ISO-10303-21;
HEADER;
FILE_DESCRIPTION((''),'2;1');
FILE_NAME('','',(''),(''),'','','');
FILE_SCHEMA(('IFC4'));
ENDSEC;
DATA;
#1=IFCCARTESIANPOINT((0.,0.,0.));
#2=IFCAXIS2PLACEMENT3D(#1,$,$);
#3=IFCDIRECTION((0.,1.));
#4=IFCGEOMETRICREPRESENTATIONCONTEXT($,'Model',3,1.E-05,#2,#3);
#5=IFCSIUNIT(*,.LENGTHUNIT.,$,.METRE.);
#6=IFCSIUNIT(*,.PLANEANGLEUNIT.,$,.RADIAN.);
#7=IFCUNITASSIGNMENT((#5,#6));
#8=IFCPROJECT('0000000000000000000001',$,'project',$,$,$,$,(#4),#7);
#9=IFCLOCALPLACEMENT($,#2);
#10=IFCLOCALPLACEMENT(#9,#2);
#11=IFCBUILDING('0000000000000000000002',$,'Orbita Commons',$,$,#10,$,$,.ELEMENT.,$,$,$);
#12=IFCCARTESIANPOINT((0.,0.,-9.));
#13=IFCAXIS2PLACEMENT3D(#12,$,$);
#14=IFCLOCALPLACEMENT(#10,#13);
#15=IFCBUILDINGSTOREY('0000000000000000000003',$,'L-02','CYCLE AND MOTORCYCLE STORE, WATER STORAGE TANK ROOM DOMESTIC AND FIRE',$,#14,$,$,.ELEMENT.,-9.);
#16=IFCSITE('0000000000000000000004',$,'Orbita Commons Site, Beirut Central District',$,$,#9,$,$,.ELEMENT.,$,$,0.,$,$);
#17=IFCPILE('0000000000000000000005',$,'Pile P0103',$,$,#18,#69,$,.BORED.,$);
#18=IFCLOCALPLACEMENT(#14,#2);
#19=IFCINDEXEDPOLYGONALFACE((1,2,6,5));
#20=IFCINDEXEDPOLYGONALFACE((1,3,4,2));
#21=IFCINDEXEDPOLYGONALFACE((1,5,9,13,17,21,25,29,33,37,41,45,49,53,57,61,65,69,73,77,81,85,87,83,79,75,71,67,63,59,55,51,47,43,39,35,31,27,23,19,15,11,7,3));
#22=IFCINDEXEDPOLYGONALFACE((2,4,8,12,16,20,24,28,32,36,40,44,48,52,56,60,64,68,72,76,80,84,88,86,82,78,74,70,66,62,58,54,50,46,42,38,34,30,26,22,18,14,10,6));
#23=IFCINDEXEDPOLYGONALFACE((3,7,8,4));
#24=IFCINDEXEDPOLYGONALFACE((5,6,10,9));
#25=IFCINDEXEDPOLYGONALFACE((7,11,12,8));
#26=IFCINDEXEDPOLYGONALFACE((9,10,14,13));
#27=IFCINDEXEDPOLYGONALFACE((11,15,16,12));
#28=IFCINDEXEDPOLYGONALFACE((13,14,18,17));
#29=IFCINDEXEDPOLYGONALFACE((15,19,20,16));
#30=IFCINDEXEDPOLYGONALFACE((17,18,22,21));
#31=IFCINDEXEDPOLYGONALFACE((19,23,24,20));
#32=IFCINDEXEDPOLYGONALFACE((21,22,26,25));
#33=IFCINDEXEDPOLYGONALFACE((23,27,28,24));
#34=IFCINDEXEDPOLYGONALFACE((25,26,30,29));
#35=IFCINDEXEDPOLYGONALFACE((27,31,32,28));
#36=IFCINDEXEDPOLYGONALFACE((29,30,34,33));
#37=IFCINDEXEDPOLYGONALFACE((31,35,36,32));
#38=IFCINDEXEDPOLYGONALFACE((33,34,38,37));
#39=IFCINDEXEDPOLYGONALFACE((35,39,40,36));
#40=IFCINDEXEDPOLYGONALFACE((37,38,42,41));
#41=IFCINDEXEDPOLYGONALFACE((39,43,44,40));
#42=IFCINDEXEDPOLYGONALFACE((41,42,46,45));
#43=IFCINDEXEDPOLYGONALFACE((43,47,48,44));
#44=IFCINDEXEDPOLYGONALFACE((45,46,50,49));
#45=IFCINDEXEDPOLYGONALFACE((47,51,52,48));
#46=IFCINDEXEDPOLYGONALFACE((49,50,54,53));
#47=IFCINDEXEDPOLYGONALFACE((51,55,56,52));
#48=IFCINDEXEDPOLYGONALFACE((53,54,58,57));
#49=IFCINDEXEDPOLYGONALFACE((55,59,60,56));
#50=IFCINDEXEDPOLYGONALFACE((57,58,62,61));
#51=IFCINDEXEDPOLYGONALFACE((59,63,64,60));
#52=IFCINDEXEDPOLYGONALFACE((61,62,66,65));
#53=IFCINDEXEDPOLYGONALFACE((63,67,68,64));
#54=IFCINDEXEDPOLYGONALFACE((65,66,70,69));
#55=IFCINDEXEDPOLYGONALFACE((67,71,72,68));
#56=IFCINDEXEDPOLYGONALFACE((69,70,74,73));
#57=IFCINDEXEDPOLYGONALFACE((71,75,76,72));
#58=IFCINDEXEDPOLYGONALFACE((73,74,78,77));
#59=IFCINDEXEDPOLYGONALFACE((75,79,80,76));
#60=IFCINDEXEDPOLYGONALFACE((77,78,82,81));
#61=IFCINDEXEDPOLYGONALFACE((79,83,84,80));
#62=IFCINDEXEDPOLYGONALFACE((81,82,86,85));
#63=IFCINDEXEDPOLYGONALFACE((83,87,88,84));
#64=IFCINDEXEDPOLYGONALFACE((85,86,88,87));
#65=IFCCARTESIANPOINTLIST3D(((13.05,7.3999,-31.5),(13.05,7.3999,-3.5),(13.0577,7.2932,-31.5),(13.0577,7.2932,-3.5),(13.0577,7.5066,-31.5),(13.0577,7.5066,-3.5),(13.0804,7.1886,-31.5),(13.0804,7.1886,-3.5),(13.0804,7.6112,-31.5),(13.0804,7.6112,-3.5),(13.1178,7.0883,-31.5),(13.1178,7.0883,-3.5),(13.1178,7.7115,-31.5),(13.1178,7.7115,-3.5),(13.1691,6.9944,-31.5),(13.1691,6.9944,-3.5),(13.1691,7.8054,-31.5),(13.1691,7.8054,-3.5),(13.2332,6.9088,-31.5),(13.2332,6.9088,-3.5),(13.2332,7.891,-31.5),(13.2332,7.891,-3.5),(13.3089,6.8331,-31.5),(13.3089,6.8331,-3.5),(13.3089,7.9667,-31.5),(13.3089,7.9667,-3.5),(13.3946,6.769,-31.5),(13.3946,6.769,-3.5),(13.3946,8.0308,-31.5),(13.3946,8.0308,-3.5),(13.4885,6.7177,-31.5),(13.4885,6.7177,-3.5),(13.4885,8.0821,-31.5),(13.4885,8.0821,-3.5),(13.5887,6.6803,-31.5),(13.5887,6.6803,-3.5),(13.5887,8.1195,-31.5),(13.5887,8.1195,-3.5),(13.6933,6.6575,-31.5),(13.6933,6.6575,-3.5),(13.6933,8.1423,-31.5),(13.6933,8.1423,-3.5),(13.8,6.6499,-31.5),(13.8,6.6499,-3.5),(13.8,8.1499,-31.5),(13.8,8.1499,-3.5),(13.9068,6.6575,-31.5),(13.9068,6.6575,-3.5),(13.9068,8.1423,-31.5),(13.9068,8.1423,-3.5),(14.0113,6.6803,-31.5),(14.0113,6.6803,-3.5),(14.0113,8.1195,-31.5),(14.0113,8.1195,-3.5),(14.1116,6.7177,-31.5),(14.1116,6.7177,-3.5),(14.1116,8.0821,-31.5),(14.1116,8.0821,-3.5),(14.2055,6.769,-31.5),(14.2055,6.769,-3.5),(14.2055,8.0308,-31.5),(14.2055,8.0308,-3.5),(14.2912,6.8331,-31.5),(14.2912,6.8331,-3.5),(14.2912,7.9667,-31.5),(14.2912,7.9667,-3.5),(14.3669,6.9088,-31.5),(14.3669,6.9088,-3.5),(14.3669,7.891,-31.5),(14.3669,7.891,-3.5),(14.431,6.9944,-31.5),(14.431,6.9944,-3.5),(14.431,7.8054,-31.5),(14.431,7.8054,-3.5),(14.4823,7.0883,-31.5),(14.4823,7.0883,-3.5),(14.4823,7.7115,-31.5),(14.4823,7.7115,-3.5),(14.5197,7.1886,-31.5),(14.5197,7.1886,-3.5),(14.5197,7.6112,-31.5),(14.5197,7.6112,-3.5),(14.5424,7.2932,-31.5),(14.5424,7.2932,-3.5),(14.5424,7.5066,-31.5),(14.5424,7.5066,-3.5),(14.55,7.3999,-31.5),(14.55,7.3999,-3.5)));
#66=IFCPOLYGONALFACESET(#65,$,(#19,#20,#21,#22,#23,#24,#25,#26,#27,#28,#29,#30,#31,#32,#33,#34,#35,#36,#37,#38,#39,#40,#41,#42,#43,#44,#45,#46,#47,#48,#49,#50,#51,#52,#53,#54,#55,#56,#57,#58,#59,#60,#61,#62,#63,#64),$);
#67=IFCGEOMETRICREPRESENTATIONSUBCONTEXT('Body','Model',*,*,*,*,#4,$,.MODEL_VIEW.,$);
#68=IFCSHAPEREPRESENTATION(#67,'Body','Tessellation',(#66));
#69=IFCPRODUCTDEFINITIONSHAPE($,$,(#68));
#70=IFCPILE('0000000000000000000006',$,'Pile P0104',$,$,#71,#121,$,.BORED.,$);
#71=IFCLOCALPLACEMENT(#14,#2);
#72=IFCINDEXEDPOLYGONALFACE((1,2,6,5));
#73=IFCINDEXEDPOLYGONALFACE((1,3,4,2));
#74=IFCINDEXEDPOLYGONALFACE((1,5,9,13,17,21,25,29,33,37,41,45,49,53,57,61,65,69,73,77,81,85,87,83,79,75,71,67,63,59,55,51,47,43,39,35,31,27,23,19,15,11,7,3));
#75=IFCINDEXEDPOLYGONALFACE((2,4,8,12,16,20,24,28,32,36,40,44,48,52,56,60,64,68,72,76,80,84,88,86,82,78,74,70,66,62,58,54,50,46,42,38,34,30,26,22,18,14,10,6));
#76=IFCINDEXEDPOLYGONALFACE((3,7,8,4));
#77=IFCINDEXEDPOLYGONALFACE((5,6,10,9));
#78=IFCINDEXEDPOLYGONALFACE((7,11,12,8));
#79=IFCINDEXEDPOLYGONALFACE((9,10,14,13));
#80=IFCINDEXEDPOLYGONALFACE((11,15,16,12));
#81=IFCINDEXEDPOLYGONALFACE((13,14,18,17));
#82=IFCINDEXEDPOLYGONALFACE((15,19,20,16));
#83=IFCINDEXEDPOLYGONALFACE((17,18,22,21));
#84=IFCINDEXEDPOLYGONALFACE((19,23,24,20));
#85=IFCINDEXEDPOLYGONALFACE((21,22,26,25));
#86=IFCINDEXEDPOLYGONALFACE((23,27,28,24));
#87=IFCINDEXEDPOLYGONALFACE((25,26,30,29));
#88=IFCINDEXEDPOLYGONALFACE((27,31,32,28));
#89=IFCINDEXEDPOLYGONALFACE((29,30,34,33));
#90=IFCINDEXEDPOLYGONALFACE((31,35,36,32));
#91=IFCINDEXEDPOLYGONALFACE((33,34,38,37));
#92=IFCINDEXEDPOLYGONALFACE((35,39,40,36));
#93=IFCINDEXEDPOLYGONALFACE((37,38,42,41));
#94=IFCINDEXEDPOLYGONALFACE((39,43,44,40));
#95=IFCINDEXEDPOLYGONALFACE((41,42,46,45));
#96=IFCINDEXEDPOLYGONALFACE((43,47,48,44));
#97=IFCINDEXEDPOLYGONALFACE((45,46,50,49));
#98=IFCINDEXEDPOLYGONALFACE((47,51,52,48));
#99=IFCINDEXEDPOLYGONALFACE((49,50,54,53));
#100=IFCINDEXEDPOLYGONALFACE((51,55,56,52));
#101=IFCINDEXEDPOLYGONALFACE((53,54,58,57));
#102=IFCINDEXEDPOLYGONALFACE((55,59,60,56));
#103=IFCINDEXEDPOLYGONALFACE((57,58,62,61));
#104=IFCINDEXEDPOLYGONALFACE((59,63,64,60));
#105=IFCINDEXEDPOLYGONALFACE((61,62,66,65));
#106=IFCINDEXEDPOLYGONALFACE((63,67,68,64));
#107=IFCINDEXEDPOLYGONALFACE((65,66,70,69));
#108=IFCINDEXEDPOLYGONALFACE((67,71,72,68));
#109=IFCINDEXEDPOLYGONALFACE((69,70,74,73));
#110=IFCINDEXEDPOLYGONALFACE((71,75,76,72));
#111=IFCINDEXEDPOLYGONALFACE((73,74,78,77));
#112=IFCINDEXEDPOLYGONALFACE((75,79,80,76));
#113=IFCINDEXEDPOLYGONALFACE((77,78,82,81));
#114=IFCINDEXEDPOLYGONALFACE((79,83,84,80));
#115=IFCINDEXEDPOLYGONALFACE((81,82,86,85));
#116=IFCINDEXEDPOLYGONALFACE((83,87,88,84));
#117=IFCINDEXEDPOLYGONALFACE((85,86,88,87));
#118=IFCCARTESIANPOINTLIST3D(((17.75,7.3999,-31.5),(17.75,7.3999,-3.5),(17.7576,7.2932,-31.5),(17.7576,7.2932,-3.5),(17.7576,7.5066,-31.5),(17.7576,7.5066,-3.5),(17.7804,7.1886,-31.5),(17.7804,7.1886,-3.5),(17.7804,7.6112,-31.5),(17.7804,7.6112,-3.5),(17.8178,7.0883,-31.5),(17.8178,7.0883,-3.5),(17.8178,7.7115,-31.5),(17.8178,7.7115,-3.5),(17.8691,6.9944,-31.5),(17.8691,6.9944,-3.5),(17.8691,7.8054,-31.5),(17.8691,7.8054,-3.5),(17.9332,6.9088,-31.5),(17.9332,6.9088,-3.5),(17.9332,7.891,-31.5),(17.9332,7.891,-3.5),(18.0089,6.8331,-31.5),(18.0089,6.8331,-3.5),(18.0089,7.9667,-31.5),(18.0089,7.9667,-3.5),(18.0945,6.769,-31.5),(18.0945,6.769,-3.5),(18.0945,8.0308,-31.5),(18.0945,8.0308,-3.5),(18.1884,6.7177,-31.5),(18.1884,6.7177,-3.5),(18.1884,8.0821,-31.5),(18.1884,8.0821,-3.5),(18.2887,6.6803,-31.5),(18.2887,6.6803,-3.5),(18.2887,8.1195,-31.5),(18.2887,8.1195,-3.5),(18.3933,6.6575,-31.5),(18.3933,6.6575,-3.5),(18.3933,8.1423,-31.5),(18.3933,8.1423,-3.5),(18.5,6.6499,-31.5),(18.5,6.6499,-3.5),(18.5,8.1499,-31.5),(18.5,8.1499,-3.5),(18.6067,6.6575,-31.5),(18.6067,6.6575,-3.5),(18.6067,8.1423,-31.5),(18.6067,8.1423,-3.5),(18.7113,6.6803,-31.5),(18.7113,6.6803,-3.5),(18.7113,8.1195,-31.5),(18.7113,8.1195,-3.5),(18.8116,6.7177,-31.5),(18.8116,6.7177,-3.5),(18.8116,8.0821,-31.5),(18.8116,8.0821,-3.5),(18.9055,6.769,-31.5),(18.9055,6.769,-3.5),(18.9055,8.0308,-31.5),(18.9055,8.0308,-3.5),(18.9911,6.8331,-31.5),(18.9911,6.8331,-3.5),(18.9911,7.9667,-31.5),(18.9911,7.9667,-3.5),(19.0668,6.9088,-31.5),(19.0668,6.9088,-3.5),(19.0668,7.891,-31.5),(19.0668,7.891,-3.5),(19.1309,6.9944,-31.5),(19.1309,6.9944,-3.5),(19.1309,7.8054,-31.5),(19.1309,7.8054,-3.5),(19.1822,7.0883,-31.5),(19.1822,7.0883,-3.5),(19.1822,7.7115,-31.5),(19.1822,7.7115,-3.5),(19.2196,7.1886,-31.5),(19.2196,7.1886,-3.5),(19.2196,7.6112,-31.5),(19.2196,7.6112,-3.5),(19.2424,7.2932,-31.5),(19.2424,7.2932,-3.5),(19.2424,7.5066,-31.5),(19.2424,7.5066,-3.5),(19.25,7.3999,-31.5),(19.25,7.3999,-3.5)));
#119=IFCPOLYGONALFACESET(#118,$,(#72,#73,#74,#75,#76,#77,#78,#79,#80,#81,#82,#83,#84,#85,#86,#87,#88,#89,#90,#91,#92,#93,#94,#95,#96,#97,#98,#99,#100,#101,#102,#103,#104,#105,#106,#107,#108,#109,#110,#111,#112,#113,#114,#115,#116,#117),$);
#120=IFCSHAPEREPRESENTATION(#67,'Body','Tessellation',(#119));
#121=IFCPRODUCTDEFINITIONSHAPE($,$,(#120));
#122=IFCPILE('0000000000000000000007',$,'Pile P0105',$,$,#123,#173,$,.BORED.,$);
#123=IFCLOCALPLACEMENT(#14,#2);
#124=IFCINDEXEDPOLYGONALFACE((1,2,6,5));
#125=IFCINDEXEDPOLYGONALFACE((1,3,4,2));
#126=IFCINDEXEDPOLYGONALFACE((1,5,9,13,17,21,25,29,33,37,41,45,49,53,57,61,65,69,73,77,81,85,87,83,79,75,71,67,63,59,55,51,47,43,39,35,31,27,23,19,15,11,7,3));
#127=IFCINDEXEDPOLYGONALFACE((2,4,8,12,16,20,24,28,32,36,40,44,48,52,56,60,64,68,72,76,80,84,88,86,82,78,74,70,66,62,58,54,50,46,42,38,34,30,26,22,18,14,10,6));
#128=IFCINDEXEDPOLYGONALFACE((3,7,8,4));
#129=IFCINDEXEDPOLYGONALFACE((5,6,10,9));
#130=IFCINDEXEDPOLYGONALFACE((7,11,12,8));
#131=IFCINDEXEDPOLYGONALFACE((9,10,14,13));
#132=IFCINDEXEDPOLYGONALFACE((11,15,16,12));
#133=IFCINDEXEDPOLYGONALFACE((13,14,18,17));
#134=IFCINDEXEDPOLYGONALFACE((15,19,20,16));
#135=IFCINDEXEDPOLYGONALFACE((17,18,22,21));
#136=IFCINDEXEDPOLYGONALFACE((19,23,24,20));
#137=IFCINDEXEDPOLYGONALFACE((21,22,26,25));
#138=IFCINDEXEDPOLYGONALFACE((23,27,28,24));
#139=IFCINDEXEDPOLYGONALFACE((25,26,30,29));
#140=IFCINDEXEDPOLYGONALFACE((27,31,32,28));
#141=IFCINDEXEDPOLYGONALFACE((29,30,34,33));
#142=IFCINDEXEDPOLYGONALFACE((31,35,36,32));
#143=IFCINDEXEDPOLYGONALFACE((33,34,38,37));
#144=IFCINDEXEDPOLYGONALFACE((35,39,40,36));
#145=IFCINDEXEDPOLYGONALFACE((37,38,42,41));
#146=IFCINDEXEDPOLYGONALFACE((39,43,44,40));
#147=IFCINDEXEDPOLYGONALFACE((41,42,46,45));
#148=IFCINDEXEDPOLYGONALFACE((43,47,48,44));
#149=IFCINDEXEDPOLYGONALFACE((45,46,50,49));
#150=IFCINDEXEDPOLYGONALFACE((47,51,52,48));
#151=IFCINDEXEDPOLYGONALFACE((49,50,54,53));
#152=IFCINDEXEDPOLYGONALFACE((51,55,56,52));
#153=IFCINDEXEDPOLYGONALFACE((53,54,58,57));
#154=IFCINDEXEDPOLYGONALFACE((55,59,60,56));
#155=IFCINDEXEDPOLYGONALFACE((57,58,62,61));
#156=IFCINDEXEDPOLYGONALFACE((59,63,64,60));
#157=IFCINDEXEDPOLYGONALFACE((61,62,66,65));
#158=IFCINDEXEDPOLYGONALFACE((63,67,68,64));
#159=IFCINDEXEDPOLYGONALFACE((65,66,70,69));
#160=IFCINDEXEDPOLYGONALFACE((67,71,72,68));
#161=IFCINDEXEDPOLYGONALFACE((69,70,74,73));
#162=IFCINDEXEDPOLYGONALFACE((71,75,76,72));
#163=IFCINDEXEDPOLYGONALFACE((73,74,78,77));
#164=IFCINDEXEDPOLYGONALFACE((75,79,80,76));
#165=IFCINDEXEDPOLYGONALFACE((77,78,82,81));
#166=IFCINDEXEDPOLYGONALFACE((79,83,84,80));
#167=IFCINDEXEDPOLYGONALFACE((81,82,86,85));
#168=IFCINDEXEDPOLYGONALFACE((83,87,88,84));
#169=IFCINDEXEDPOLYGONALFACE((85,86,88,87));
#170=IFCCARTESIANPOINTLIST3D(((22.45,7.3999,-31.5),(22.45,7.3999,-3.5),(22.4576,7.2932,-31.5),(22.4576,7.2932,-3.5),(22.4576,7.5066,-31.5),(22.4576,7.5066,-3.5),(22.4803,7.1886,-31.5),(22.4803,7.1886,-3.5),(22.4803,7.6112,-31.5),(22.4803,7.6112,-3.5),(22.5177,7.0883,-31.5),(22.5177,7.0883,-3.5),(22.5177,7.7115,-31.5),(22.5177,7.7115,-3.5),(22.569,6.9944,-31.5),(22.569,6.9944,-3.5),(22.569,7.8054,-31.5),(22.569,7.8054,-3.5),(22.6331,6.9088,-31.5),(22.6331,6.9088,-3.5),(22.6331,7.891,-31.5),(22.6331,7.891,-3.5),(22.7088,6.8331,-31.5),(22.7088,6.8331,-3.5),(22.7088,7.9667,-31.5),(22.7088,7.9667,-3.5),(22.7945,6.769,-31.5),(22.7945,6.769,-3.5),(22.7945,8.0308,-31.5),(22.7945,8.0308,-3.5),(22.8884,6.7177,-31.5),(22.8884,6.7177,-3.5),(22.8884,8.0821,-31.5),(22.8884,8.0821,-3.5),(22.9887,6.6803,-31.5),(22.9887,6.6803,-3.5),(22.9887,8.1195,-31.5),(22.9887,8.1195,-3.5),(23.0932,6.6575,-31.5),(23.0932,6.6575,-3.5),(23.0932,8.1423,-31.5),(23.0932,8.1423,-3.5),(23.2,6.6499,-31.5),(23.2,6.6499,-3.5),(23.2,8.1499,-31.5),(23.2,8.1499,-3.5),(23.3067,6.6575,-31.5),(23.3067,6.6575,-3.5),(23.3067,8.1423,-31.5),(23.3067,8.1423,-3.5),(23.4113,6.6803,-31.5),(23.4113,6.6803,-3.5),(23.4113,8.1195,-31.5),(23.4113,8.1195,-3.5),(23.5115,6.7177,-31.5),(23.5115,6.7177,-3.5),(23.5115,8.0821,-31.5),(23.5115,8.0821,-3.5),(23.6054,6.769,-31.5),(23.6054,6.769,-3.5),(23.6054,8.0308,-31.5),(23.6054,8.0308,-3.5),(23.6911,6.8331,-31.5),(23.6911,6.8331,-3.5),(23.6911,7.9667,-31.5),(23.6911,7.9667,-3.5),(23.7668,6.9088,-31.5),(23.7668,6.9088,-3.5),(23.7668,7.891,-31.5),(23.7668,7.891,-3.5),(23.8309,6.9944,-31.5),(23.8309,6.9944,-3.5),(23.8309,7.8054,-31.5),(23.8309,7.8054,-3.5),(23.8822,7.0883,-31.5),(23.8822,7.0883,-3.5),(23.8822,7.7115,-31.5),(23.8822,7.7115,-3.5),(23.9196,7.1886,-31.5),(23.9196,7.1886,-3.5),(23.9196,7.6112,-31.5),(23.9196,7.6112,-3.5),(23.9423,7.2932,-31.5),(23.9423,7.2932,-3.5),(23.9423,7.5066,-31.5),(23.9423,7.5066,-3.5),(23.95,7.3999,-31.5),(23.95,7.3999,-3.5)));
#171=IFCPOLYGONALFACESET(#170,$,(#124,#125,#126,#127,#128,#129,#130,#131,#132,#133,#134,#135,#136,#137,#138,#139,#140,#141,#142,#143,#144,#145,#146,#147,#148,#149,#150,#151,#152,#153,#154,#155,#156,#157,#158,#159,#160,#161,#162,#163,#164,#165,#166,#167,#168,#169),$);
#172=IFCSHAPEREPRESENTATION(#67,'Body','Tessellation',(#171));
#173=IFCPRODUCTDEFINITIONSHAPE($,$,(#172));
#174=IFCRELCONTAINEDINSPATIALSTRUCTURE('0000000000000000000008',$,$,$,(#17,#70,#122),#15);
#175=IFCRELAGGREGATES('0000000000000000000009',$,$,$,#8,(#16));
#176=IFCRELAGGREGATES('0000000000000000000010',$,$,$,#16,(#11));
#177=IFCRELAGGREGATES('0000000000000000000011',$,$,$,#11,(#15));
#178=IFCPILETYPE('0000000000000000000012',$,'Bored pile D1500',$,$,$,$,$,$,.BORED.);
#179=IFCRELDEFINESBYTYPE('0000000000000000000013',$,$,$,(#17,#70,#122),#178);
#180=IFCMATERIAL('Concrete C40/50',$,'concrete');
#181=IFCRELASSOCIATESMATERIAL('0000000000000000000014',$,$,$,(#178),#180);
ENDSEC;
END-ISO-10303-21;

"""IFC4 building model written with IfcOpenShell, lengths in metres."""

from ifc_helpers import new_model, si_unit, direction, frame, origin, origin_2d, place, context, subcontext, project, spatial, circle, extrude, material, material_profile, profile_set, type_object, element, save


model = new_model("IFC4")

# Units and contexts
model_context = context("Model", 3, precision=1e-05, world=origin(), true_north=direction((0.0, 1.0)))
body_context = subcontext(model_context, "Body", "Model", "MODEL_VIEW")
ifc_project = project(units=[si_unit("LENGTHUNIT", "METRE"), si_unit("PLANEANGLEUNIT", "RADIAN")], contexts=[model_context])

# Site, building, storey
site_placement = place(None, origin())
site = spatial("IfcSite", under=ifc_project, at=site_placement, Name="Orbita Commons Site, Beirut Central District", CompositionType="ELEMENT", RefElevation=0.0)
building_placement = place(site_placement, origin())
building = spatial("IfcBuilding", under=site, at=building_placement, Name="Orbita Commons", CompositionType="ELEMENT")
storey_placement = place(building_placement, frame((0.0, 0.0, -9.0)))
storey = spatial("IfcBuildingStorey", under=building, at=storey_placement, Name="L-02", Description="CYCLE AND MOTORCYCLE STORE, WATER STORAGE TANK ROOM DOMESTIC AND FIRE", CompositionType="ELEMENT", Elevation=-9.0)

# Piles
ifc_material_1 = material(Name="Concrete C40/50", Category="concrete")
ifc_material_profile_1 = material_profile(ifc_material_1, circle(Radius=0.75, at=origin_2d()), Name="RC D1500")
ifc_profile_set_1 = profile_set([ifc_material_profile_1], Name="Concrete C40/50")
pile_type = type_object("IfcPileType", Name="Bored pile D1500", PredefinedType="BORED", material=ifc_profile_set_1)
for number, where, z_axis, x_axis, name in (
    (1, (13.8, 7.3999, -3.5), (0.0, 0.0, -1.0), (1.0, 0.0, 0.0), "Pile P0103"),
    (2, (18.5, 7.3999, -3.5), (0.0, 0.0, -1.0), (1.0, 0.0, 0.0), "Pile P0104"),
    (3, (23.2, 7.3999, -3.5), (0.0, 0.0, -1.0), (1.0, 0.0, 0.0), "Pile P0105"),
):
    element("IfcPile", number, at=place(storey_placement, frame(where, z_axis=z_axis, x_axis=x_axis)), inside=storey, type_object=pile_type, Name=name, PredefinedType="BORED", context=body_context, shape_type="SweptSolid", body=[
        extrude(circle(Radius=0.75, at=origin_2d()), origin(), (0.0, 0.0, 1.0), 28.0),
    ])

save(model, "model.ifc")
